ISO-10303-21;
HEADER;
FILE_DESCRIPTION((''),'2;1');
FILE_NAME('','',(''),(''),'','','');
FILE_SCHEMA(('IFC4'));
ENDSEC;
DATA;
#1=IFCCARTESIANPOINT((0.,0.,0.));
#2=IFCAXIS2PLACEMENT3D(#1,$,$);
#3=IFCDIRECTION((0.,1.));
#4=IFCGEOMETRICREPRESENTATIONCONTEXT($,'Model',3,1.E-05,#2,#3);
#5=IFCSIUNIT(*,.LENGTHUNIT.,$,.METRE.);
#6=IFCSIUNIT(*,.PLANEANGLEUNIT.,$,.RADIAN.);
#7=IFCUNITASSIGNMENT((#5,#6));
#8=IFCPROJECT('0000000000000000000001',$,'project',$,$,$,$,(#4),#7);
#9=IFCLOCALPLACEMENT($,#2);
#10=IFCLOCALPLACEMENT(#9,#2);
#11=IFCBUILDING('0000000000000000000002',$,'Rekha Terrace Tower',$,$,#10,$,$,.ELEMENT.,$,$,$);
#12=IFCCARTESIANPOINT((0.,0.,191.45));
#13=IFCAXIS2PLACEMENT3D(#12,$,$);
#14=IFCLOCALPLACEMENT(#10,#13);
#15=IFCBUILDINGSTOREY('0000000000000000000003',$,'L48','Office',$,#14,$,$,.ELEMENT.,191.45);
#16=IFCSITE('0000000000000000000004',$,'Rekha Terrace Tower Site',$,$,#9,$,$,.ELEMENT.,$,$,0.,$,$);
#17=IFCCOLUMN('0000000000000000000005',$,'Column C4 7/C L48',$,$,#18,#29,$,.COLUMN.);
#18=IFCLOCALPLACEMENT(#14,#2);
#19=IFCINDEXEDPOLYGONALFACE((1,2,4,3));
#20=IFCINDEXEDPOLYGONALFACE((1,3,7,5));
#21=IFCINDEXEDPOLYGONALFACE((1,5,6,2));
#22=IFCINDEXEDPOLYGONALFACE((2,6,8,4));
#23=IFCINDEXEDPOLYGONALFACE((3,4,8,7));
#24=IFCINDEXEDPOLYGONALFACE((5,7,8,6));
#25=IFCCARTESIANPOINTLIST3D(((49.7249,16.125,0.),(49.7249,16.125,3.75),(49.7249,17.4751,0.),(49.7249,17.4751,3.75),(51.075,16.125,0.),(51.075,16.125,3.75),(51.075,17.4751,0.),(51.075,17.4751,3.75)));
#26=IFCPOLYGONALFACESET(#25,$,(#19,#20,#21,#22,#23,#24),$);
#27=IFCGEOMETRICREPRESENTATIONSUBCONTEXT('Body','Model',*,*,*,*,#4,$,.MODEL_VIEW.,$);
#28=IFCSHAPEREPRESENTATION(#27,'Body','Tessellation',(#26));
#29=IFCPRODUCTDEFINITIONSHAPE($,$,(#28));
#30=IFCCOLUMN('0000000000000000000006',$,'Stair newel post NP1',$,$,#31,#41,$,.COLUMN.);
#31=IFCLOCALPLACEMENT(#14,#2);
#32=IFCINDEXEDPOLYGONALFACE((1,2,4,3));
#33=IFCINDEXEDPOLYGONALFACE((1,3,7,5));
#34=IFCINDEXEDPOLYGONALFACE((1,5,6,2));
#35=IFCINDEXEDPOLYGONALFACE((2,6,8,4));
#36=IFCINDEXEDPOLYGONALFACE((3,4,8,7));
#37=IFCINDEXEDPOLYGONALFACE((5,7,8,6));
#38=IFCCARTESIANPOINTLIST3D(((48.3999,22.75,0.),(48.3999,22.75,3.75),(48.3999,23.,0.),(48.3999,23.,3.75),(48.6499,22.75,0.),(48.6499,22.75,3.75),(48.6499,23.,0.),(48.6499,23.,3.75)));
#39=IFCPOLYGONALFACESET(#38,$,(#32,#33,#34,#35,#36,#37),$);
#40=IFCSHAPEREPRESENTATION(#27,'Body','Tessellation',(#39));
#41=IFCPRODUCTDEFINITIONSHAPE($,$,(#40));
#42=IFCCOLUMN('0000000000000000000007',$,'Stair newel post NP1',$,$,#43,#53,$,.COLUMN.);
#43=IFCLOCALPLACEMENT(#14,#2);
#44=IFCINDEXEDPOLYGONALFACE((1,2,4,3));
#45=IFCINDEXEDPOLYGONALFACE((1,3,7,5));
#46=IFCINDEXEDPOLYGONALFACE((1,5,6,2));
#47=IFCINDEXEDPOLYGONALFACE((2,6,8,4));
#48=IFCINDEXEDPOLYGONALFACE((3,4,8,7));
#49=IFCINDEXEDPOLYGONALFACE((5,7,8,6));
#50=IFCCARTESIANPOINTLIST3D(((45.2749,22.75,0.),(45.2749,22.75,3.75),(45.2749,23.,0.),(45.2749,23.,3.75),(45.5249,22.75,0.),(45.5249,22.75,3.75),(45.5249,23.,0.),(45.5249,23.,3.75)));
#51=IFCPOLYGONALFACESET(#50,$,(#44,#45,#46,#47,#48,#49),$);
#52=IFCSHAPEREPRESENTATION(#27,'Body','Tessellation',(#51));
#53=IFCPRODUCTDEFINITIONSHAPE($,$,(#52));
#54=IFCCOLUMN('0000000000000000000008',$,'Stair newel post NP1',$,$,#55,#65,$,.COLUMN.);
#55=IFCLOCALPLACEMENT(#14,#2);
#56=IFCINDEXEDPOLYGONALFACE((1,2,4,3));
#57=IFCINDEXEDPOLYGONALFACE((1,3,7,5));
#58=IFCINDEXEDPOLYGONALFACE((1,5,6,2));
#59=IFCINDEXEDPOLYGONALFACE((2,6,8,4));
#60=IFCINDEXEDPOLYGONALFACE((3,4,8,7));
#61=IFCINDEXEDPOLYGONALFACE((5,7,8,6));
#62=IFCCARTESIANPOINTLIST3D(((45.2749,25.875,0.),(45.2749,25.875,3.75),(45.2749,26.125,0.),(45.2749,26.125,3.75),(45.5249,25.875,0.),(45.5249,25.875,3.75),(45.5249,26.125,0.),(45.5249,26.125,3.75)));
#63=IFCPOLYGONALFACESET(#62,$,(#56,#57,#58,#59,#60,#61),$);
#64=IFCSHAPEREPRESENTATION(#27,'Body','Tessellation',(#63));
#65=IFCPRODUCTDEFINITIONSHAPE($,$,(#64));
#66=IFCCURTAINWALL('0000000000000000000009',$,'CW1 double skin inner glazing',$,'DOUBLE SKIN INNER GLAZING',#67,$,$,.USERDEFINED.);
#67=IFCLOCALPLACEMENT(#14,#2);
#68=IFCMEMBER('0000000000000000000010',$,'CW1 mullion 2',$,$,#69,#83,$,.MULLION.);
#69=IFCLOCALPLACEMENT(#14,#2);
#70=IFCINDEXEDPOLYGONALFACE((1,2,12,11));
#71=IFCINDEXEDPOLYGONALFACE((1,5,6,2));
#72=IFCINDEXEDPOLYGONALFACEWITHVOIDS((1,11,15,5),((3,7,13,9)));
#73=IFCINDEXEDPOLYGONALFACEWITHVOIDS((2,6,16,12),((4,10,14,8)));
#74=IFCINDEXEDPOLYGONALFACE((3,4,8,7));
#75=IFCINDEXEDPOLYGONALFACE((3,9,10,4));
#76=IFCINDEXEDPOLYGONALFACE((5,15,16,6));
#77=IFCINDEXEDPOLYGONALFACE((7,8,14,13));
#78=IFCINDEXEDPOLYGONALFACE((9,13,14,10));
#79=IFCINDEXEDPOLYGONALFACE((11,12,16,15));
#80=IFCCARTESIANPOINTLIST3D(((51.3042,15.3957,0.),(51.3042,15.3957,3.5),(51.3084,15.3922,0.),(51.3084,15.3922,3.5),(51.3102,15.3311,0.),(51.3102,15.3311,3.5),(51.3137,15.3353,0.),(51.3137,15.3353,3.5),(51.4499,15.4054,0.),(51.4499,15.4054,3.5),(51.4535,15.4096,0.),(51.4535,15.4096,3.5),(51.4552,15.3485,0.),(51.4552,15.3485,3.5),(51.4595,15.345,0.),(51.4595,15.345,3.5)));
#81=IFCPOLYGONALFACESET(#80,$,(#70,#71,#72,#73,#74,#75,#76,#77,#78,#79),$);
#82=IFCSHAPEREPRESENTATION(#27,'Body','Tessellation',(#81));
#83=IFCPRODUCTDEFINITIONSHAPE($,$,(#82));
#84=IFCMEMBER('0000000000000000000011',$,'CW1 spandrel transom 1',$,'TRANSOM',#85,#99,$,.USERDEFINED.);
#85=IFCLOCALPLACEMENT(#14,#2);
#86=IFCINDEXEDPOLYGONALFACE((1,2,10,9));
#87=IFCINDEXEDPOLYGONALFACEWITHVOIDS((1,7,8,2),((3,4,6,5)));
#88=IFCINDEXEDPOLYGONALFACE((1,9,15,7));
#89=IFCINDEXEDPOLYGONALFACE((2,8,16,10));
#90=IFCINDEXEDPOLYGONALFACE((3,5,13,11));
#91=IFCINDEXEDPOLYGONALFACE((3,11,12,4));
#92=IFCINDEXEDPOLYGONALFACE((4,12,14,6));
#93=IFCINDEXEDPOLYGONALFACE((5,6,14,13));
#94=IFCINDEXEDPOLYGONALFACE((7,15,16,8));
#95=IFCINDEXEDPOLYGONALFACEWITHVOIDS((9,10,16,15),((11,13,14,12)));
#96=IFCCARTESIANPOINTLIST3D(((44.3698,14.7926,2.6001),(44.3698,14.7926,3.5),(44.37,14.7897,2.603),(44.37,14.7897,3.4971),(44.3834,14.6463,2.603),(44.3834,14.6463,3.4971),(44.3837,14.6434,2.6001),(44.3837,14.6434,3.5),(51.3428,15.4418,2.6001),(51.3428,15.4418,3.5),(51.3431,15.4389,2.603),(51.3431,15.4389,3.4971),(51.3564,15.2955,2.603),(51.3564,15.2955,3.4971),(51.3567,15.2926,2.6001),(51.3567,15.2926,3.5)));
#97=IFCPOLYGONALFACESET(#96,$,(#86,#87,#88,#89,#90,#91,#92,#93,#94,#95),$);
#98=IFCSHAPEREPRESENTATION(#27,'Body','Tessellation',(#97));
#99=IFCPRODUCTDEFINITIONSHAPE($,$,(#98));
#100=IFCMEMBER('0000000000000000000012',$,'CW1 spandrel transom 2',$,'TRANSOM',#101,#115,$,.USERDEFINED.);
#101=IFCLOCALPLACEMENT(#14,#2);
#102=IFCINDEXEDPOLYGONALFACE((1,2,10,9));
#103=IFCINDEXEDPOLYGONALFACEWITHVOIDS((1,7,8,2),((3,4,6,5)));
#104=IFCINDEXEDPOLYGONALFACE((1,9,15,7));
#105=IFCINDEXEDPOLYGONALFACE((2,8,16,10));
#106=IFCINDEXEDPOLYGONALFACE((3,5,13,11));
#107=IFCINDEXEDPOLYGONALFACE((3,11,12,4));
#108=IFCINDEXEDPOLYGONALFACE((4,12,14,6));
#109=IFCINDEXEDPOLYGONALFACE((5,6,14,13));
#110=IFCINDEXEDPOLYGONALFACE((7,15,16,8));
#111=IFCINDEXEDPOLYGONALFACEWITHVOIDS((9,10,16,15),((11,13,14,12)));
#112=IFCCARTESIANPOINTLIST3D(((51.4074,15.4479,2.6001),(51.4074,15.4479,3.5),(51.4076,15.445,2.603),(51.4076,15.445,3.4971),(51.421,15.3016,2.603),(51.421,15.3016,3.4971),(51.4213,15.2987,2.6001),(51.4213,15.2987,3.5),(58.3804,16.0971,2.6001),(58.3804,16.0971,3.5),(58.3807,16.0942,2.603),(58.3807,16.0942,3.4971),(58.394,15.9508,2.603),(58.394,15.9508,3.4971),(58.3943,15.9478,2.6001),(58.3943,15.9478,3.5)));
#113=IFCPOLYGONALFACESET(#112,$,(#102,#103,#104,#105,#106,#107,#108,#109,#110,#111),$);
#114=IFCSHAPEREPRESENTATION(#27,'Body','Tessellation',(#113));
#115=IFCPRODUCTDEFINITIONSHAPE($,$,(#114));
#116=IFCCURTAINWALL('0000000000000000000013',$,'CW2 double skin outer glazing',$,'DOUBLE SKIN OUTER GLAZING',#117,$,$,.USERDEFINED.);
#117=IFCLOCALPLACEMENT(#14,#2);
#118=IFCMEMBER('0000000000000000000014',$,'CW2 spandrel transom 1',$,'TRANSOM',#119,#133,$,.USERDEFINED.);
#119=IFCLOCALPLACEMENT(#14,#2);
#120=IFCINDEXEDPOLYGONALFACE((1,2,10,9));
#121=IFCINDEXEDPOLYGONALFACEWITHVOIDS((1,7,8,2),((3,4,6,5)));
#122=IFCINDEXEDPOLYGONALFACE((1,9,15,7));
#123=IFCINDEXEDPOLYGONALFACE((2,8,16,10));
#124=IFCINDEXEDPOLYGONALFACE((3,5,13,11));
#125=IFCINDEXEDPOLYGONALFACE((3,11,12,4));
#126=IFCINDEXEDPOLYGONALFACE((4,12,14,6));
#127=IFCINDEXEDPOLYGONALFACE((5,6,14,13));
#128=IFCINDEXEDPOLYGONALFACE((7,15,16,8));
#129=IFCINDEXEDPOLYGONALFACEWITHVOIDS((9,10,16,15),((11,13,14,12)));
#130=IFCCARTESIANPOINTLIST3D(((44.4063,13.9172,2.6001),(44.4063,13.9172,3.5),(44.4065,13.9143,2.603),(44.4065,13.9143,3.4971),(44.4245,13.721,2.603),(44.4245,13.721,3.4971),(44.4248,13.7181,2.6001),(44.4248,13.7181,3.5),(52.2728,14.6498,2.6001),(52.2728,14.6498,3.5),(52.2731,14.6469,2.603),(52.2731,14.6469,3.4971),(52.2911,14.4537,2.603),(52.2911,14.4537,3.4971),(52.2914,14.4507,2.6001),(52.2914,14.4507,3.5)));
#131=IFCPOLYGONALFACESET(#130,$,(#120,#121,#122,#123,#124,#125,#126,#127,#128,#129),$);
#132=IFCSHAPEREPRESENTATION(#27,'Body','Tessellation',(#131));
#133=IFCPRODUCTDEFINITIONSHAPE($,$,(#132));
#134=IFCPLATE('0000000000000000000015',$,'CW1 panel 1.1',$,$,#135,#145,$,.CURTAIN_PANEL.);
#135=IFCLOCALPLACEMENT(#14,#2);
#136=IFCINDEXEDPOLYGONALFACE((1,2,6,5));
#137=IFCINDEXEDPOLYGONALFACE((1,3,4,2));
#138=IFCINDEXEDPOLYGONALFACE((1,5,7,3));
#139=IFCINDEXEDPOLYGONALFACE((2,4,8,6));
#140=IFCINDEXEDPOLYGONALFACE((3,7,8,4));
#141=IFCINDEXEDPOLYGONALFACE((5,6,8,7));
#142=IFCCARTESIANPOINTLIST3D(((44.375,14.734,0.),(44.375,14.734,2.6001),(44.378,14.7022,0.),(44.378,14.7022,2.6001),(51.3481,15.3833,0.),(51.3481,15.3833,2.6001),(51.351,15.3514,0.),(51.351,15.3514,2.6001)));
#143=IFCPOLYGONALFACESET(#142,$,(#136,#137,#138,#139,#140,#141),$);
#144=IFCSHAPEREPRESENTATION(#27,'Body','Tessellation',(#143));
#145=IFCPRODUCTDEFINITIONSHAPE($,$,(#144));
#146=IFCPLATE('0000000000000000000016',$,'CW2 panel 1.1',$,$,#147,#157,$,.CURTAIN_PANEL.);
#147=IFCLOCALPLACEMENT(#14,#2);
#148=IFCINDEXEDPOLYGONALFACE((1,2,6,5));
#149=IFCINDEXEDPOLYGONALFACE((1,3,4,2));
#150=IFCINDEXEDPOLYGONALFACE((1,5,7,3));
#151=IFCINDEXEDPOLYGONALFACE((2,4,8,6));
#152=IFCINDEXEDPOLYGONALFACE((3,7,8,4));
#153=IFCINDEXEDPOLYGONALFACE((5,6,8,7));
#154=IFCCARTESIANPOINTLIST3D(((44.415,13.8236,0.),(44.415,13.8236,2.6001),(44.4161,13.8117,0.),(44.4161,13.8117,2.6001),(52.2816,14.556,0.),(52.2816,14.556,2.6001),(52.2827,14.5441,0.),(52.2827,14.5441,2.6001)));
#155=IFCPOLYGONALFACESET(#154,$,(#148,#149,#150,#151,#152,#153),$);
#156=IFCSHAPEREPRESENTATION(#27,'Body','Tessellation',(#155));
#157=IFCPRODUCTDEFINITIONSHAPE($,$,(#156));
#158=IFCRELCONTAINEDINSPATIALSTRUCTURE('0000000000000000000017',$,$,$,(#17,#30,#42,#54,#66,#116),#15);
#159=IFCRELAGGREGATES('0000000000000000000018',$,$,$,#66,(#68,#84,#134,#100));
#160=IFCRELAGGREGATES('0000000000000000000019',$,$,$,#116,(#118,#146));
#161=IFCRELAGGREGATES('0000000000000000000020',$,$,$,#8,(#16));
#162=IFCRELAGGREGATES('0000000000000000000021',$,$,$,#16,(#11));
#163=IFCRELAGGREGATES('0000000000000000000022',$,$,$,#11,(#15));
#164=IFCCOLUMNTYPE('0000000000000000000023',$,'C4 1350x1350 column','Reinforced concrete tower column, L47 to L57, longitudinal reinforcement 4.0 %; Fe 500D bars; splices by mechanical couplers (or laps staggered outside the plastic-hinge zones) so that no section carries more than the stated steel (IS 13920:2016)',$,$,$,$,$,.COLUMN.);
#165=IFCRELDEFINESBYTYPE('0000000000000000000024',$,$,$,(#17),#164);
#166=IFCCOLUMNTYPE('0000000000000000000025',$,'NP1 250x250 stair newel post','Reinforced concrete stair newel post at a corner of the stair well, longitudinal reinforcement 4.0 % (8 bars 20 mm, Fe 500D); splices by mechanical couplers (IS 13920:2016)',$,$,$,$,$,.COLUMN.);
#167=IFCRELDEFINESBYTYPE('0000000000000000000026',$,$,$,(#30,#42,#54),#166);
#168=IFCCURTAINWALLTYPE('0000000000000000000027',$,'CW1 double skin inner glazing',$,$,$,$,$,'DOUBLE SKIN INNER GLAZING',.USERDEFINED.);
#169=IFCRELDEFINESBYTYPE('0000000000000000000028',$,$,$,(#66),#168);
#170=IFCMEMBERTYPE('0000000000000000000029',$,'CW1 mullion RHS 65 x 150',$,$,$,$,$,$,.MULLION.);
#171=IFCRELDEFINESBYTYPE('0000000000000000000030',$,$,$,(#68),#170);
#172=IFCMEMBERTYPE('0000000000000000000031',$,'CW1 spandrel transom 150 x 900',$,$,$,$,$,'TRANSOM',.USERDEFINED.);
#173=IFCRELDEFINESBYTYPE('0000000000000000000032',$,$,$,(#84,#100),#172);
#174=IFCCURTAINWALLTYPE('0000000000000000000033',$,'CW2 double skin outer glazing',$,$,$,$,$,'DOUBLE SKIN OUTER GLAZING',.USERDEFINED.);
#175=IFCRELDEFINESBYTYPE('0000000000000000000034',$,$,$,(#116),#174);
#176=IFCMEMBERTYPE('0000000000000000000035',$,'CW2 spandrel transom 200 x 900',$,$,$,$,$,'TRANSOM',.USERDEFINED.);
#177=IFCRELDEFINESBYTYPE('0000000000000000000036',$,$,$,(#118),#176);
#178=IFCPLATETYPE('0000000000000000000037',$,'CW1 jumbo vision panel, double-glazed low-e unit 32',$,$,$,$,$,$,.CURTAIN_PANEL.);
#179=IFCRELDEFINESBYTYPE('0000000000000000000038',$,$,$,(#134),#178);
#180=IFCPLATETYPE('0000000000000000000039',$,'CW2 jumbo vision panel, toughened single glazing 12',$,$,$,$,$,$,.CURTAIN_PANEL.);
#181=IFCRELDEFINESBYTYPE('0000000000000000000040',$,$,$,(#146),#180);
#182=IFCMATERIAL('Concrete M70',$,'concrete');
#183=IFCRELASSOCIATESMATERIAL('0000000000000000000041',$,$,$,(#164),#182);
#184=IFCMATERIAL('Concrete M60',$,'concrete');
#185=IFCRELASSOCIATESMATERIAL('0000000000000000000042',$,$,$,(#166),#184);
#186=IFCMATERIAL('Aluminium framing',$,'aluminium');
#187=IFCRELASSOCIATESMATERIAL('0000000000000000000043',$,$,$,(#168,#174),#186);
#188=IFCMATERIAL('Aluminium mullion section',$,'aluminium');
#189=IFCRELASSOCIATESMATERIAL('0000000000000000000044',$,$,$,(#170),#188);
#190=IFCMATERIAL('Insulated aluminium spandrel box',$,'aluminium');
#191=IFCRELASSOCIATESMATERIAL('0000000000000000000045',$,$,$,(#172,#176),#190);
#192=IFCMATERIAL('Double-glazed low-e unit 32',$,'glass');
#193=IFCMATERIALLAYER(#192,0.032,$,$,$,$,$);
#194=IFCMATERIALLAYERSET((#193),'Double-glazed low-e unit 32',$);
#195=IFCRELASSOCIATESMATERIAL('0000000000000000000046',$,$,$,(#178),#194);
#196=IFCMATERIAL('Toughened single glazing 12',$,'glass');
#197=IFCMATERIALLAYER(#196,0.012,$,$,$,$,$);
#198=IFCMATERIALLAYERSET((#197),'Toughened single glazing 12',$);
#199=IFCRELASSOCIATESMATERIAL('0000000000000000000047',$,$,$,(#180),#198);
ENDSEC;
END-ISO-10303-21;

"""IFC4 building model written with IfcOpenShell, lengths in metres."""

from ifc_helpers import new_model, si_unit, direction, frame, origin, origin_2d, place, context, subcontext, project, spatial, rectangle, hollow_rectangle, extrude, material, layer, layer_set, material_profile, profile_set, type_object, element, aggregate, save


model = new_model("IFC4")

# Units and contexts
model_context = context("Model", 3, precision=1e-05, world=origin(), true_north=direction((0.0, 1.0)))
body_context = subcontext(model_context, "Body", "Model", "MODEL_VIEW")
ifc_project = project(units=[si_unit("LENGTHUNIT", "METRE"), si_unit("PLANEANGLEUNIT", "RADIAN")], contexts=[model_context])

# Site, building, storey
site_placement = place(None, origin())
site = spatial("IfcSite", under=ifc_project, at=site_placement, Name="Rekha Terrace Tower Site", CompositionType="ELEMENT", RefElevation=0.0)
building_placement = place(site_placement, origin())
building = spatial("IfcBuilding", under=site, at=building_placement, Name="Rekha Terrace Tower", CompositionType="ELEMENT")
storey_placement = place(building_placement, frame((0.0, 0.0, 191.45)))
storey = spatial("IfcBuildingStorey", under=building, at=storey_placement, Name="L48", Description="Office", CompositionType="ELEMENT", Elevation=191.45)

# Columns
ifc_material_1 = material(Name="Concrete M70", Category="concrete")
ifc_material_profile_1 = material_profile(ifc_material_1, rectangle(XDim=1.3501, YDim=1.3501, at=origin_2d()), Name="RC 1350x1350")
ifc_profile_set_1 = profile_set([ifc_material_profile_1], Name="Concrete M70")
column_type_1 = type_object("IfcColumnType", Name="C4 1350x1350 column", Description="Reinforced concrete tower column, L47 to L57, longitudinal reinforcement 4.0 %; Fe 500D bars; splices by mechanical couplers (or laps staggered outside the plastic-hinge zones) so that no section carries more than the stated steel (IS 13920:2016)", PredefinedType="COLUMN", material=ifc_profile_set_1)
column_placement = place(storey_placement, frame((50.3999, 16.8, 0.0), z_axis=(0.0, 0.0, 1.0), x_axis=(1.0, 0.0, 0.0)))
element("IfcColumn", 1, at=column_placement, inside=storey, type_object=column_type_1, Name="Column C4 7/C L48", PredefinedType="COLUMN", context=body_context, shape_type="SweptSolid", body=[
    extrude(rectangle(XDim=1.3501, YDim=1.3501, at=origin_2d()), origin(), (0.0, 0.0, 1.0), 3.75),
])
ifc_material_2 = material(Name="Concrete M60", Category="concrete")
ifc_material_profile_2 = material_profile(ifc_material_2, rectangle(XDim=0.25, YDim=0.25, at=origin_2d()), Name="RC 250x250")
ifc_profile_set_2 = profile_set([ifc_material_profile_2], Name="Concrete M60")
column_type_2 = type_object("IfcColumnType", Name="NP1 250x250 stair newel post", Description="Reinforced concrete stair newel post at a corner of the stair well, longitudinal reinforcement 4.0 % (8 bars 20 mm, Fe 500D); splices by mechanical couplers (IS 13920:2016)", PredefinedType="COLUMN", material=ifc_profile_set_2)
for number, where, z_axis, x_axis, name in (
    (2, (48.5249, 22.875, 0.0), (0.0, 0.0, 1.0), (1.0, 0.0, 0.0), "Stair newel post NP1"),
    (3, (45.3999, 22.875, 0.0), (0.0, 0.0, 1.0), (1.0, 0.0, 0.0), "Stair newel post NP1"),
    (4, (45.3999, 26.0, 0.0), (0.0, 0.0, 1.0), (1.0, 0.0, 0.0), "Stair newel post NP1"),
):
    element("IfcColumn", number, at=place(storey_placement, frame(where, z_axis=z_axis, x_axis=x_axis)), inside=storey, type_object=column_type_2, Name=name, PredefinedType="COLUMN", context=body_context, shape_type="SweptSolid", body=[
        extrude(rectangle(XDim=0.25, YDim=0.25, at=origin_2d()), origin(), (0.0, 0.0, 1.0), 3.75),
    ])

# Curtain wall, members
ifc_material_3 = material(Name="Aluminium framing", Category="aluminium")
curtain_wall_type_1 = type_object("IfcCurtainWallType", Name="CW1 double skin inner glazing", ElementType="DOUBLE SKIN INNER GLAZING", PredefinedType="USERDEFINED", material=ifc_material_3)
curtain_wall_1_placement = place(storey_placement, origin())
curtain_wall_1 = element("IfcCurtainWall", 5, at=curtain_wall_1_placement, inside=storey, type_object=curtain_wall_type_1, Name="CW1 double skin inner glazing", ObjectType="DOUBLE SKIN INNER GLAZING", PredefinedType="USERDEFINED")
ifc_material_4 = material(Name="Aluminium mullion section", Category="aluminium")
ifc_material_profile_3 = material_profile(ifc_material_4, hollow_rectangle(XDim=0.0649, YDim=0.1499, WallThickness=0.0039, at=origin_2d()), Name="AL RHS 65x150")
ifc_profile_set_3 = profile_set([ifc_material_profile_3], Name="Aluminium mullion section")
member_type_1 = type_object("IfcMemberType", Name="CW1 mullion RHS 65 x 150", PredefinedType="MULLION", material=ifc_profile_set_3)
member_1_placement = place(storey_placement, frame((51.3818, 15.3704, 0.0), z_axis=(0.0, 0.0, 1.0), x_axis=(-0.092709, 0.995693, 0.0)))
member_1 = element("IfcMember", 6, at=member_1_placement, type_object=member_type_1, Name="CW1 mullion 2", PredefinedType="MULLION", context=body_context, shape_type="SweptSolid", body=[
    extrude(hollow_rectangle(XDim=0.0649, YDim=0.1499, WallThickness=0.0039, at=origin_2d()), origin(), (0.0, 0.0, 1.0), 3.5),
])
ifc_material_5 = material(Name="Insulated aluminium spandrel box", Category="aluminium")
ifc_material_profile_4 = material_profile(ifc_material_5, hollow_rectangle(XDim=0.1499, YDim=0.8999, WallThickness=0.0029, at=origin_2d()), Name="AL SPANDREL BOX 150x900")
ifc_profile_set_4 = profile_set([ifc_material_profile_4], Name="Insulated aluminium spandrel box")
member_type_2 = type_object("IfcMemberType", Name="CW1 spandrel transom 150 x 900", ElementType="TRANSOM", PredefinedType="USERDEFINED", material=ifc_profile_set_4)
member_2_placement = place(storey_placement, frame((44.3767, 14.718, 3.05), z_axis=(0.995694, 0.092698, 0.0), x_axis=(-0.092698, 0.995694, 0.0)))
member_2 = element("IfcMember", 7, at=member_2_placement, type_object=member_type_2, Name="CW1 spandrel transom 1", ObjectType="TRANSOM", PredefinedType="USERDEFINED", context=body_context, shape_type="SweptSolid", body=[
    extrude(hollow_rectangle(XDim=0.1499, YDim=0.8999, WallThickness=0.0029, at=origin_2d()), origin(), (0.0, 0.0, 1.0), 7.0032),
])
member_3_placement = place(storey_placement, frame((51.4143, 15.3733, 3.05), z_axis=(0.995694, 0.092698, 0.0), x_axis=(-0.092698, 0.995694, 0.0)))
member_3 = element("IfcMember", 8, at=member_3_placement, type_object=member_type_2, Name="CW1 spandrel transom 2", ObjectType="TRANSOM", PredefinedType="USERDEFINED", context=body_context, shape_type="SweptSolid", body=[
    extrude(hollow_rectangle(XDim=0.1499, YDim=0.8999, WallThickness=0.0029, at=origin_2d()), origin(), (0.0, 0.0, 1.0), 7.0032),
])

# Curtain wall, member
curtain_wall_type_2 = type_object("IfcCurtainWallType", Name="CW2 double skin outer glazing", ElementType="DOUBLE SKIN OUTER GLAZING", PredefinedType="USERDEFINED", material=ifc_material_3)
curtain_wall_2_placement = place(storey_placement, origin())
curtain_wall_2 = element("IfcCurtainWall", 9, at=curtain_wall_2_placement, inside=storey, type_object=curtain_wall_type_2, Name="CW2 double skin outer glazing", ObjectType="DOUBLE SKIN OUTER GLAZING", PredefinedType="USERDEFINED")
ifc_material_profile_5 = material_profile(ifc_material_5, hollow_rectangle(XDim=0.2, YDim=0.8999, WallThickness=0.0029, at=origin_2d()), Name="AL SPANDREL BOX 200x900")
ifc_profile_set_5 = profile_set([ifc_material_profile_5], Name="Insulated aluminium spandrel box")
member_type_3 = type_object("IfcMemberType", Name="CW2 spandrel transom 200 x 900", ElementType="TRANSOM", PredefinedType="USERDEFINED", material=ifc_profile_set_5)
member_4_placement = place(storey_placement, frame((44.4155, 13.8176, 3.05), z_axis=(0.995691, 0.092734, 0.0), x_axis=(-0.092734, 0.995691, 0.0)))
member_4 = element("IfcMember", 10, at=member_4_placement, type_object=member_type_3, Name="CW2 spandrel transom 1", ObjectType="TRANSOM", PredefinedType="USERDEFINED", context=body_context, shape_type="SweptSolid", body=[
    extrude(hollow_rectangle(XDim=0.2, YDim=0.8999, WallThickness=0.0029, at=origin_2d()), origin(), (0.0, 0.0, 1.0), 7.9006),
])

# Plates
ifc_material_6 = material(Name="Double-glazed low-e unit 32", Category="glass")
ifc_layer_1 = layer(ifc_material_6, 0.032)
ifc_layer_set_1 = layer_set([ifc_layer_1], Name="Double-glazed low-e unit 32")
plate_type_1 = type_object("IfcPlateType", Name="CW1 jumbo vision panel, double-glazed low-e unit 32", PredefinedType="CURTAIN_PANEL", material=ifc_layer_set_1)
plate_1_placement = place(storey_placement, frame((47.863, 15.0427, 0.0), z_axis=(0.0, 0.0, 1.0), x_axis=(0.995693, 0.092709, 0.0)))
plate_1 = element("IfcPlate", 11, at=plate_1_placement, type_object=plate_type_1, Name="CW1 panel 1.1", PredefinedType="CURTAIN_PANEL", context=body_context, shape_type="SweptSolid", body=[
    extrude(rectangle(XDim=7.0032, YDim=0.032, at=origin_2d()), origin(), (0.0, 0.0, 1.0), 2.6001),
])
aggregate(curtain_wall_1, [member_1, member_2, plate_1, member_3])
ifc_material_7 = material(Name="Toughened single glazing 12", Category="glass")
ifc_layer_2 = layer(ifc_material_7, 0.012)
ifc_layer_set_2 = layer_set([ifc_layer_2], Name="Toughened single glazing 12")
plate_type_2 = type_object("IfcPlateType", Name="CW2 jumbo vision panel, toughened single glazing 12", PredefinedType="CURTAIN_PANEL", material=ifc_layer_set_2)
plate_2_placement = place(storey_placement, frame((48.3489, 14.1838, 0.0), z_axis=(0.0, 0.0, 1.0), x_axis=(0.995693, 0.092709, 0.0)))
plate_2 = element("IfcPlate", 12, at=plate_2_placement, type_object=plate_type_2, Name="CW2 panel 1.1", PredefinedType="CURTAIN_PANEL", context=body_context, shape_type="SweptSolid", body=[
    extrude(rectangle(XDim=7.9006, YDim=0.012, at=origin_2d()), origin(), (0.0, 0.0, 1.0), 2.6001),
])
aggregate(curtain_wall_2, [member_4, plate_2])

save(model, "model.ifc")
